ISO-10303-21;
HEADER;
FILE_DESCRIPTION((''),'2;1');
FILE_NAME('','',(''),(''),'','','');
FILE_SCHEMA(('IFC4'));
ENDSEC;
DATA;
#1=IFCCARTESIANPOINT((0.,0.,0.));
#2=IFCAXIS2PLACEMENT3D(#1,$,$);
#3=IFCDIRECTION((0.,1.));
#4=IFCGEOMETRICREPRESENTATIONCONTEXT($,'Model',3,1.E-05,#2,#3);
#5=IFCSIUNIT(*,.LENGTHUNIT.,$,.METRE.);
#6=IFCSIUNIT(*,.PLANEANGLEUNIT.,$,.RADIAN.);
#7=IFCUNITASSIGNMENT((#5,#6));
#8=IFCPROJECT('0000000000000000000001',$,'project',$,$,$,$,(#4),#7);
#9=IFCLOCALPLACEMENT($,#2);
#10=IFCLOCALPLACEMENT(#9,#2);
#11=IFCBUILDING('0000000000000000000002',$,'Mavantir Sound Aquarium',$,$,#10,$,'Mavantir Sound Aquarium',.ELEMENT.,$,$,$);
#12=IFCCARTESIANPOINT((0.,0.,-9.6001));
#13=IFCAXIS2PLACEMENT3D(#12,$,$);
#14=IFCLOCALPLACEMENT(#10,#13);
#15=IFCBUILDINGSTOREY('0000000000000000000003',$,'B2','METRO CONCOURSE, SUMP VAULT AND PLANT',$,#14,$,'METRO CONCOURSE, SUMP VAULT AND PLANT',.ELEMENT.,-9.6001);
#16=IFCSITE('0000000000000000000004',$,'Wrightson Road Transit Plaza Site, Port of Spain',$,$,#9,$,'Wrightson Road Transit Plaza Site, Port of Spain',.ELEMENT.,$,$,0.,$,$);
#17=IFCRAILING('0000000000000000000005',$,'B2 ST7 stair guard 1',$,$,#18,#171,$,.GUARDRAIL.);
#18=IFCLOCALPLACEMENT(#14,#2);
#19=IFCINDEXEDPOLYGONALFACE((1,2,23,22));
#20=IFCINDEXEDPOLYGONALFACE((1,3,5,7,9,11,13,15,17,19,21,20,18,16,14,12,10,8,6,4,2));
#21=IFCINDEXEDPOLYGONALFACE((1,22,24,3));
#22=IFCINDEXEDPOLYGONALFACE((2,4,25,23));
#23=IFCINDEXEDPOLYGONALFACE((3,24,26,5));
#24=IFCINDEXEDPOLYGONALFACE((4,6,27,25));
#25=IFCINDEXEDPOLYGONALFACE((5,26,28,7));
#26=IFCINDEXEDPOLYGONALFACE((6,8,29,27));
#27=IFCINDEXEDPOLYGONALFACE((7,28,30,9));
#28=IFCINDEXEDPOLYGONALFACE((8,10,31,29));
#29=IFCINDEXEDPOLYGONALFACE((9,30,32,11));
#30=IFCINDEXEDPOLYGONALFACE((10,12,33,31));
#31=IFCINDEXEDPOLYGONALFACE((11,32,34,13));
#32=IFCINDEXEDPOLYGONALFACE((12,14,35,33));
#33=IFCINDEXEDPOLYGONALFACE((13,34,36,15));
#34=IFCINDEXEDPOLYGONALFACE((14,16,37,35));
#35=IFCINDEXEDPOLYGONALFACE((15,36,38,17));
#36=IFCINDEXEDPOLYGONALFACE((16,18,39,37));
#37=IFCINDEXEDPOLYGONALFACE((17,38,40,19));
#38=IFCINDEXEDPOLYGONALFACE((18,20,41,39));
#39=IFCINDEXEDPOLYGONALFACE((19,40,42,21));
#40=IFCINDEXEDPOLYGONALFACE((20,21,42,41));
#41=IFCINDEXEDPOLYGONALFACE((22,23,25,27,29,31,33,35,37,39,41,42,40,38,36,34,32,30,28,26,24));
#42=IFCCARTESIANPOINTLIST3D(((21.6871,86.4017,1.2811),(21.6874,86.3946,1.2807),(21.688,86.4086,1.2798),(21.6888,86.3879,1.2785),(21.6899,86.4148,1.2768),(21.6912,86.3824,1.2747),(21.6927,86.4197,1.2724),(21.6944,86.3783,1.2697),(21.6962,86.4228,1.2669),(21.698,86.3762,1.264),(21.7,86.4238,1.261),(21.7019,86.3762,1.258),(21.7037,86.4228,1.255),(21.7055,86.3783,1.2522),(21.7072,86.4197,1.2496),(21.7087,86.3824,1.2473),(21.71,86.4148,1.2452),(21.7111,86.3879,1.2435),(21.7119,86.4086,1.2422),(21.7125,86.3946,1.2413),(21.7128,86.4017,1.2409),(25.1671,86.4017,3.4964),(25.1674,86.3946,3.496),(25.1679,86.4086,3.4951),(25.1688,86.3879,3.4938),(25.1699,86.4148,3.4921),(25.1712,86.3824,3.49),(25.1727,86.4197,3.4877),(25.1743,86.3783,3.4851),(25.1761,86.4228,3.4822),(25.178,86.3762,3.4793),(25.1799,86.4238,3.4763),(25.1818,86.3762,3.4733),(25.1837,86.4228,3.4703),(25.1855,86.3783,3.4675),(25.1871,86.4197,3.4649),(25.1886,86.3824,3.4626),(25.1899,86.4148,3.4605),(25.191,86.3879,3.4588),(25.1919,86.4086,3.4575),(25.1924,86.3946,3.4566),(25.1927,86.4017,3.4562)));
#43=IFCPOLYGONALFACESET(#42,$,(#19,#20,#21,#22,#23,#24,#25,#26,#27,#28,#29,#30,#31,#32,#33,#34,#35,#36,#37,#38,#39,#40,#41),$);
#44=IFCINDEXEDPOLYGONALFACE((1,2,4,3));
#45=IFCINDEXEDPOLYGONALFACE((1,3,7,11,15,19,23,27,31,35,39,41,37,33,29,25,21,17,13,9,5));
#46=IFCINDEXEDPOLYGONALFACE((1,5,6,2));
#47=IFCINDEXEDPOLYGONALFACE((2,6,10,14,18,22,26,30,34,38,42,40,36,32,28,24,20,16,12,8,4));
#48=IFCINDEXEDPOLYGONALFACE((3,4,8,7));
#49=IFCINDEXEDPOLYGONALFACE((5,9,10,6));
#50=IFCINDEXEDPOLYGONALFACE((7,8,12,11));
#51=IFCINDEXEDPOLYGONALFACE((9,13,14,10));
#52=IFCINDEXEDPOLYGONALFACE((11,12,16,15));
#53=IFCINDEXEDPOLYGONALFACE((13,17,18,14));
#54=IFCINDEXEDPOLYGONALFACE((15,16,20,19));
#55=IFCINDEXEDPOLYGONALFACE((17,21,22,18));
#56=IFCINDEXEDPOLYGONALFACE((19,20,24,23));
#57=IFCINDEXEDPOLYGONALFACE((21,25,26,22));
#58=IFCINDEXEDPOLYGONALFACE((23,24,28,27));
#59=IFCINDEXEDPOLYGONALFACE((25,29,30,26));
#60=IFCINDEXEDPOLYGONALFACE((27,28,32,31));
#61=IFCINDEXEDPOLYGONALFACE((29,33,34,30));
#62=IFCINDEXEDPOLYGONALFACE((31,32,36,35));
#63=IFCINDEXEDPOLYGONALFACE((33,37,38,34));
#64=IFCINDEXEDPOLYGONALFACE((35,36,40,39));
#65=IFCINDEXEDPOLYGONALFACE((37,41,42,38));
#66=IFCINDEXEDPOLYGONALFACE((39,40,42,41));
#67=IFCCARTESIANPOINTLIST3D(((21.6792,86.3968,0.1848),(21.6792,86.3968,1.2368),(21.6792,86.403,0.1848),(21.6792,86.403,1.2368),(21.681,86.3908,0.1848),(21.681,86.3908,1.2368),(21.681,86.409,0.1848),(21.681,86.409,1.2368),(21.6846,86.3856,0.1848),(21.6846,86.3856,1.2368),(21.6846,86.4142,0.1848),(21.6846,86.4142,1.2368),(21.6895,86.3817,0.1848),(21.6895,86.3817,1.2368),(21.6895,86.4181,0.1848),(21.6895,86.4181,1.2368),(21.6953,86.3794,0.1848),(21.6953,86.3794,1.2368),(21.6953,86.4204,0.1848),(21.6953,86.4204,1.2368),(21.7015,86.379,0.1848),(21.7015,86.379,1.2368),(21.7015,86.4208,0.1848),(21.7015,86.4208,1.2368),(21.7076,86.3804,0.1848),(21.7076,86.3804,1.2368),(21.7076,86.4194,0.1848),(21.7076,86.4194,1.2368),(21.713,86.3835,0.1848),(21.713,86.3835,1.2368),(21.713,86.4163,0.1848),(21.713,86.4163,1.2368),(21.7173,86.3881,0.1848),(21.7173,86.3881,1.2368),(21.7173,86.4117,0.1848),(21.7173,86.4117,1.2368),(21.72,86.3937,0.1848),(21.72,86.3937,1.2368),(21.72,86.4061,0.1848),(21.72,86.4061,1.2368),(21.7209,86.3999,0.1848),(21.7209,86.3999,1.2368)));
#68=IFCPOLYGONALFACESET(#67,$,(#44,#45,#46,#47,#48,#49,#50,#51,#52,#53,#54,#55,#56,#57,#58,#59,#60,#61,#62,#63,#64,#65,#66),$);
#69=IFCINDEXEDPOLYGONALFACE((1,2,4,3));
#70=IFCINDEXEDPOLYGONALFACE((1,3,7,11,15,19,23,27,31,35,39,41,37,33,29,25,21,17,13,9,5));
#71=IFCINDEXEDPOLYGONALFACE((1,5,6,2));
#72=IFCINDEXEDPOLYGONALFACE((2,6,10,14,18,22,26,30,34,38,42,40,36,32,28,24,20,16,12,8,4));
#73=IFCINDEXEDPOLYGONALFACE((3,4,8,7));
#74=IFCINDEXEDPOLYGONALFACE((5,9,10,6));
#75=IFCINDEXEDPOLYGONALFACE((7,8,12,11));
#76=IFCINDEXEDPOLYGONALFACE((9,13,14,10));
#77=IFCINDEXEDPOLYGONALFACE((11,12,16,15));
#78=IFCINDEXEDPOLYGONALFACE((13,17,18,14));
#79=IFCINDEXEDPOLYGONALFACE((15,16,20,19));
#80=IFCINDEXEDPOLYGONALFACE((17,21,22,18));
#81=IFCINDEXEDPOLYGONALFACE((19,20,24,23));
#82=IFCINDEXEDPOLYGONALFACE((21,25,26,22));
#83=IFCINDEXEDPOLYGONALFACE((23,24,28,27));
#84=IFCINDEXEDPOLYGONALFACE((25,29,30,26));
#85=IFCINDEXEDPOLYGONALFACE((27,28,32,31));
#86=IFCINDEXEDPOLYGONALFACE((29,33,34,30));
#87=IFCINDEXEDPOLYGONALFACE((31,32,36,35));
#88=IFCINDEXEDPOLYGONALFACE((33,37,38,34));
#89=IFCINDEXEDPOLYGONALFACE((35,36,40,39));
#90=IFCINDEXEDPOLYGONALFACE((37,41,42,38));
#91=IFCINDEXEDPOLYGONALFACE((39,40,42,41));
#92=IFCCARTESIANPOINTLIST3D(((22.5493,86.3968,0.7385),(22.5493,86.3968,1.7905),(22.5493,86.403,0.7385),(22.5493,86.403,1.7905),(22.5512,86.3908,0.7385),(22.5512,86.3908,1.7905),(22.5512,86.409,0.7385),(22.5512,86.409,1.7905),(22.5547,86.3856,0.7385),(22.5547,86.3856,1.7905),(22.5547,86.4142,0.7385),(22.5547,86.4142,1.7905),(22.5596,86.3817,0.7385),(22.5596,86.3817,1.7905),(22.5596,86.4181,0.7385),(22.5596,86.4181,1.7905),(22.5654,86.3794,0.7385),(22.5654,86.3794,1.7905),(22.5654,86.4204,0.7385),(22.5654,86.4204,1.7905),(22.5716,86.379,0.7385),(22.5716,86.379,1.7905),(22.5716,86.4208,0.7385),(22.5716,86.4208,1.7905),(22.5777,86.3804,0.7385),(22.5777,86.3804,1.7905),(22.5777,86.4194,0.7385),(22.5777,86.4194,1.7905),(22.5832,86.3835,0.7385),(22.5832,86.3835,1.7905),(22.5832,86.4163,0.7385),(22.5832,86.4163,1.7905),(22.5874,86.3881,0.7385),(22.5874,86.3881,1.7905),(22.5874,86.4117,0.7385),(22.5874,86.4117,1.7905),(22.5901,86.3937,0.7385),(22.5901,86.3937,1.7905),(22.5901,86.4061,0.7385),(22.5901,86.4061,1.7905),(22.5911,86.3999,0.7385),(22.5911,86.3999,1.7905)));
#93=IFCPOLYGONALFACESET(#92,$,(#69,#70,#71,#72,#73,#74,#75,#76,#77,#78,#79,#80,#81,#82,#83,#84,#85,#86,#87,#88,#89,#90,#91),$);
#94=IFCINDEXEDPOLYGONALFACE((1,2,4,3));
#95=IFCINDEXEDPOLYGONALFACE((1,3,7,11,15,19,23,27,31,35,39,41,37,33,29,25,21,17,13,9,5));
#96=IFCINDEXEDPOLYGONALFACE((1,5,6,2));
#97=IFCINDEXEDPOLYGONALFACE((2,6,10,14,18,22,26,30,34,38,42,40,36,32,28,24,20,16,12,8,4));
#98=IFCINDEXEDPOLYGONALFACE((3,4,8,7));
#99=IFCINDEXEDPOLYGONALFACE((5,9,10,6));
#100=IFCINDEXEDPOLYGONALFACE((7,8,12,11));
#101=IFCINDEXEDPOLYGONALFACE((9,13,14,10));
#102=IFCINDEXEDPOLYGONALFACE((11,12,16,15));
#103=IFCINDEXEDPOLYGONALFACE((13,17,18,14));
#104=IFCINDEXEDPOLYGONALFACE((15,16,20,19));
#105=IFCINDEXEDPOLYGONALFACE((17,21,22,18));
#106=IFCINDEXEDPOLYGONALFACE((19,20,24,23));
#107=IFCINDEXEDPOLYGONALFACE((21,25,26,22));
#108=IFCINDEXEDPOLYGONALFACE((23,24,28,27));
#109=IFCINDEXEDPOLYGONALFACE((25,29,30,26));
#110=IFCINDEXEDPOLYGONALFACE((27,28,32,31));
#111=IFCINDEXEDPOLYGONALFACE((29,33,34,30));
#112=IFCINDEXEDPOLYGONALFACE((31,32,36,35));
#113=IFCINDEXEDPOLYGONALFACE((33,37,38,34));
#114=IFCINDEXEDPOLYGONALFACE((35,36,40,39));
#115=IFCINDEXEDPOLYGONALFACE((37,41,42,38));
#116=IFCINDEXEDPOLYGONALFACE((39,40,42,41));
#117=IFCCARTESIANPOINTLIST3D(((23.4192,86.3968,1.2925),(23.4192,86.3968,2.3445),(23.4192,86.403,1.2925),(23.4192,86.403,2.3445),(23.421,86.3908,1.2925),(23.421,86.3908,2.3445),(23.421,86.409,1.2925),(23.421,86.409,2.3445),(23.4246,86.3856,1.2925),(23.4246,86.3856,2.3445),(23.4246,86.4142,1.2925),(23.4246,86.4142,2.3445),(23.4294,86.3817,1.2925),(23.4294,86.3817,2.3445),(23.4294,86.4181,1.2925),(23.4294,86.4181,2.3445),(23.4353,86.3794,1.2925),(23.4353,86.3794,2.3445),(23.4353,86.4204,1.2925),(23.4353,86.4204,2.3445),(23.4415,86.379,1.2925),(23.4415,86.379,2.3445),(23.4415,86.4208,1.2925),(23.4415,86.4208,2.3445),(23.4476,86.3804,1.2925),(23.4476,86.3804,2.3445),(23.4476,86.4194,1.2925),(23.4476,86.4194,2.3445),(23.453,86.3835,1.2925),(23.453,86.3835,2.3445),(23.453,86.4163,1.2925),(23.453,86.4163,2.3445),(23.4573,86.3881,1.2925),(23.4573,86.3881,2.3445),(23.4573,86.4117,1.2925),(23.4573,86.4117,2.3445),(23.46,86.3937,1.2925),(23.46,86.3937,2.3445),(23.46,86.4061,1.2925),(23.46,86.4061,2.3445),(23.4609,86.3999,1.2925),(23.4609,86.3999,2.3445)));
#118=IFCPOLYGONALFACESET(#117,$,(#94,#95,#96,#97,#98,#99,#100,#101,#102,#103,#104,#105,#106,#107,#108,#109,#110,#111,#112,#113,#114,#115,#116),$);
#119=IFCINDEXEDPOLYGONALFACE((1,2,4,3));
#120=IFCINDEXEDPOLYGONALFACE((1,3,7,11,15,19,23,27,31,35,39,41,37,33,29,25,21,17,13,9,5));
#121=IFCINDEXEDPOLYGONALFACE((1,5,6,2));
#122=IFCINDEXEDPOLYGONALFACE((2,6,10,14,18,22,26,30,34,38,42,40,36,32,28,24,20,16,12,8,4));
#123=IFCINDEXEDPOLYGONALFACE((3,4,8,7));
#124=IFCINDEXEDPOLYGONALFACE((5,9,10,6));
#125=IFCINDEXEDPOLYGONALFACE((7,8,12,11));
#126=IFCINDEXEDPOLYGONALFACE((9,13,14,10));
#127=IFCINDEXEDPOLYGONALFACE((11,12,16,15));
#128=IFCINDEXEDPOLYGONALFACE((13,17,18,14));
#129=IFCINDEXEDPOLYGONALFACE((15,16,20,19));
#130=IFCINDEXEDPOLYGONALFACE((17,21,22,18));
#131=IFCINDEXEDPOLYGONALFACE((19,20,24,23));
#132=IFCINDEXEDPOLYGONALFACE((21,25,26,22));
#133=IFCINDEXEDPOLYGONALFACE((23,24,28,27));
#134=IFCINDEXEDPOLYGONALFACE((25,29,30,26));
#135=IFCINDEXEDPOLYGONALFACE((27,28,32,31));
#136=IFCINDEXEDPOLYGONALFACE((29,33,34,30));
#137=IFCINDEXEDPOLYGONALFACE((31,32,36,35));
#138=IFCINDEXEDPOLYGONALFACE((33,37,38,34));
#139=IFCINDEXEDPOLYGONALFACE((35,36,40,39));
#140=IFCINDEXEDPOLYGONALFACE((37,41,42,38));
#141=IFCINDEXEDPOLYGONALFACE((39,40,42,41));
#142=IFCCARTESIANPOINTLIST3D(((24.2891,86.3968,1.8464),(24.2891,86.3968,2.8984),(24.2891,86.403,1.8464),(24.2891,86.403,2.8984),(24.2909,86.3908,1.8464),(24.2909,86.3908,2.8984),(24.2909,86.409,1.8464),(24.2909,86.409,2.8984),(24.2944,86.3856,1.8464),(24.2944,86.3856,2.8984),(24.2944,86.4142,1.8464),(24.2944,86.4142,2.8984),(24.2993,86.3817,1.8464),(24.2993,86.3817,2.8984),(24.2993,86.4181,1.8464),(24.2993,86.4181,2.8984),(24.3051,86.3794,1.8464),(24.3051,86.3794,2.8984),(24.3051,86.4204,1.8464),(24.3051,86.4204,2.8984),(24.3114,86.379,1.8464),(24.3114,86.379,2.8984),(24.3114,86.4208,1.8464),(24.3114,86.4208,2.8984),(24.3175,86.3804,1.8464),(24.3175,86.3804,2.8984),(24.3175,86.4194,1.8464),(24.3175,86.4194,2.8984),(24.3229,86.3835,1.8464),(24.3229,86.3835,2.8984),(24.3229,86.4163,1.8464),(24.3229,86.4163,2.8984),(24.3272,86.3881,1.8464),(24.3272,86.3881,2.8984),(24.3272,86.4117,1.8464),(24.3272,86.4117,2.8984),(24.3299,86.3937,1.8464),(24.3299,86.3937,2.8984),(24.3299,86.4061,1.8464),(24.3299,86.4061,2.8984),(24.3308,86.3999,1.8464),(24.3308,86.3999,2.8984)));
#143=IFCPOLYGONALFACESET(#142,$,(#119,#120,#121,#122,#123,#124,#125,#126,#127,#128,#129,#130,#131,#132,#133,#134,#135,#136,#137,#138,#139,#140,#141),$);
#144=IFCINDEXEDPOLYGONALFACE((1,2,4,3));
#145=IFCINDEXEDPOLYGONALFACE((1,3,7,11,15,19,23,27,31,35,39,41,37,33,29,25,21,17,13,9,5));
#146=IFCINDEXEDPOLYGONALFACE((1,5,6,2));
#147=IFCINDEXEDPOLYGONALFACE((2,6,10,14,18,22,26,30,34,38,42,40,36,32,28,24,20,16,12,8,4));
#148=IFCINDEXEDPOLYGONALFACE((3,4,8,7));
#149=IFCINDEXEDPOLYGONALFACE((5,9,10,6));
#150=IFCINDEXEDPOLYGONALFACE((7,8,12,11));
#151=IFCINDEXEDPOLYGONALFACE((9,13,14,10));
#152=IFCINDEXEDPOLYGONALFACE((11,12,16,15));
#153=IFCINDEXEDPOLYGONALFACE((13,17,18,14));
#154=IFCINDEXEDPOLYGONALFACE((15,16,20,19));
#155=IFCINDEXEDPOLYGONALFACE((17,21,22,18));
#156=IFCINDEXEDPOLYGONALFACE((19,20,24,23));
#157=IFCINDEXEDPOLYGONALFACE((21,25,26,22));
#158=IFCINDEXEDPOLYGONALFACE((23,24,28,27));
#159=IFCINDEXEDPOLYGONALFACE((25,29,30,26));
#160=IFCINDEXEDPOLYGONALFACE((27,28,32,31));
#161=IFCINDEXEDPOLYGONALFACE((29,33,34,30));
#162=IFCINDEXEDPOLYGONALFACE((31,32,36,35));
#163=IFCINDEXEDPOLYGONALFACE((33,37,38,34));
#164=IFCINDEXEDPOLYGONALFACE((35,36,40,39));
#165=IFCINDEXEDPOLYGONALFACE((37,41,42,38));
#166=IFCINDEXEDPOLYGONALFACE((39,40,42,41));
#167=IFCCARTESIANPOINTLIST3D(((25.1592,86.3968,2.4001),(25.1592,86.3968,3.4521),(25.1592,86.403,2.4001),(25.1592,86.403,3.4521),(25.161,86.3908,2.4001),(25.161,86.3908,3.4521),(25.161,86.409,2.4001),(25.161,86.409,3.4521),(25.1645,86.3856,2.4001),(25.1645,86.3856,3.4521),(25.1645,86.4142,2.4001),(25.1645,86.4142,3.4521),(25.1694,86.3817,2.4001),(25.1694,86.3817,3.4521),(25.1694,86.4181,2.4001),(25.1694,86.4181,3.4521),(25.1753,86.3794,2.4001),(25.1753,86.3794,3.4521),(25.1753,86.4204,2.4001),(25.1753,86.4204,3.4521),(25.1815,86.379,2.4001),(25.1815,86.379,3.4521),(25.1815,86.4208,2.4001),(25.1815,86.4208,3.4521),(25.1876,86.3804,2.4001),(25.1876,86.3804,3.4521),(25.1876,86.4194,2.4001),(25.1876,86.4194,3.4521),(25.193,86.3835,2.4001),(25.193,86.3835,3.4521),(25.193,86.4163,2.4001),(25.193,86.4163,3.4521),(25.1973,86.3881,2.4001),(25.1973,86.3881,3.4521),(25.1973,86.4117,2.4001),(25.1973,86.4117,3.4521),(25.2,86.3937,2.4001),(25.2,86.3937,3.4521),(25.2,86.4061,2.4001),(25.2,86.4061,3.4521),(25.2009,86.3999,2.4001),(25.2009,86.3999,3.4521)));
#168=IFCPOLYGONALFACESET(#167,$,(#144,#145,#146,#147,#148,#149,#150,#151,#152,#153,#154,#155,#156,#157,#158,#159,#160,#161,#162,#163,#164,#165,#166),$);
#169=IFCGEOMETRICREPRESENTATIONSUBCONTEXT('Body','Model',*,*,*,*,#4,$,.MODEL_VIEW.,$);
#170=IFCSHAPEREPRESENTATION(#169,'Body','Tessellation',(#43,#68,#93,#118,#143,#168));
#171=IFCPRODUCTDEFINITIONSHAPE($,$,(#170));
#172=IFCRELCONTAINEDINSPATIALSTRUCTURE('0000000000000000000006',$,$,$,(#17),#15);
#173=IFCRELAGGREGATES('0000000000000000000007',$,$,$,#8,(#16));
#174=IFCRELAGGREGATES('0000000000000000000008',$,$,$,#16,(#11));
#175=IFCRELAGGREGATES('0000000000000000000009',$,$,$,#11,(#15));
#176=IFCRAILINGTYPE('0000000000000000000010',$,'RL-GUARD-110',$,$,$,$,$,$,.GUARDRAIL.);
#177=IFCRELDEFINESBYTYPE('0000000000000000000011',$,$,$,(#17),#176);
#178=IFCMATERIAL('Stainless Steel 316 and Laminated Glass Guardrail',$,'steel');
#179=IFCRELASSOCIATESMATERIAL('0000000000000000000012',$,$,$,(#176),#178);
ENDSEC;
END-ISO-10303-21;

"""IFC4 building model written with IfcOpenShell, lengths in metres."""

from ifc_helpers import new_model, si_unit, direction, frame, origin, origin_2d, place, context, subcontext, project, spatial, circle, extrude, material, type_object, element, save


model = new_model("IFC4")

# Units and contexts
model_context = context("Model", 3, precision=1e-05, world=origin(), true_north=direction((0.0, 1.0)))
body_context = subcontext(model_context, "Body", "Model", "MODEL_VIEW")
ifc_project = project(units=[si_unit("LENGTHUNIT", "METRE"), si_unit("PLANEANGLEUNIT", "RADIAN")], contexts=[model_context])

# Site, building, storey
site_placement = place(None, origin())
site = spatial("IfcSite", under=ifc_project, at=site_placement, Name="Wrightson Road Transit Plaza Site, Port of Spain", LongName="Wrightson Road Transit Plaza Site, Port of Spain", CompositionType="ELEMENT", RefElevation=0.0)
building_placement = place(site_placement, origin())
building = spatial("IfcBuilding", under=site, at=building_placement, Name="Mavantir Sound Aquarium", LongName="Mavantir Sound Aquarium", CompositionType="ELEMENT")
storey_placement = place(building_placement, frame((0.0, 0.0, -9.6001)))
storey = spatial("IfcBuildingStorey", under=building, at=storey_placement, Name="B2", Description="METRO CONCOURSE, SUMP VAULT AND PLANT", LongName="METRO CONCOURSE, SUMP VAULT AND PLANT", CompositionType="ELEMENT", Elevation=-9.6001)

# Railing
ifc_material_1 = material(Name="Stainless Steel 316 and Laminated Glass Guardrail", Category="steel")
railing_type_1 = type_object("IfcRailingType", Name="RL-GUARD-110", PredefinedType="GUARDRAIL", material=ifc_material_1)
railing_1_placement = place(storey_placement, frame((21.7, 86.3999, 0.1848)))
element("IfcRailing", 1, at=railing_1_placement, inside=storey, type_object=railing_type_1, Name="B2 ST7 stair guard 1", PredefinedType="GUARDRAIL", context=body_context, shape_type="SweptSolid", body=[
    extrude(circle(Radius=0.0239, at=origin_2d()), frame((0.0, 0.0, 1.0762), z_axis=(0.843574, 0.0, 0.537013), x_axis=(0.0, 1.0, 0.0)), (0.0, 0.0, 1.0), 4.1252),
    extrude(circle(Radius=0.021, at=origin_2d()), origin(), (0.0, 0.0, 1.0), 1.052),
    extrude(circle(Radius=0.021, at=origin_2d()), frame((0.8701, 0.0, 0.5537)), (0.0, 0.0, 1.0), 1.052),
    extrude(circle(Radius=0.021, at=origin_2d()), frame((1.74, 0.0, 1.1077)), (0.0, 0.0, 1.0), 1.052),
    extrude(circle(Radius=0.021, at=origin_2d()), frame((2.6099, 0.0, 1.6616)), (0.0, 0.0, 1.0), 1.052),
    extrude(circle(Radius=0.021, at=origin_2d()), frame((3.48, 0.0, 2.2153)), (0.0, 0.0, 1.0), 1.052),
])

save(model, "model.ifc")
